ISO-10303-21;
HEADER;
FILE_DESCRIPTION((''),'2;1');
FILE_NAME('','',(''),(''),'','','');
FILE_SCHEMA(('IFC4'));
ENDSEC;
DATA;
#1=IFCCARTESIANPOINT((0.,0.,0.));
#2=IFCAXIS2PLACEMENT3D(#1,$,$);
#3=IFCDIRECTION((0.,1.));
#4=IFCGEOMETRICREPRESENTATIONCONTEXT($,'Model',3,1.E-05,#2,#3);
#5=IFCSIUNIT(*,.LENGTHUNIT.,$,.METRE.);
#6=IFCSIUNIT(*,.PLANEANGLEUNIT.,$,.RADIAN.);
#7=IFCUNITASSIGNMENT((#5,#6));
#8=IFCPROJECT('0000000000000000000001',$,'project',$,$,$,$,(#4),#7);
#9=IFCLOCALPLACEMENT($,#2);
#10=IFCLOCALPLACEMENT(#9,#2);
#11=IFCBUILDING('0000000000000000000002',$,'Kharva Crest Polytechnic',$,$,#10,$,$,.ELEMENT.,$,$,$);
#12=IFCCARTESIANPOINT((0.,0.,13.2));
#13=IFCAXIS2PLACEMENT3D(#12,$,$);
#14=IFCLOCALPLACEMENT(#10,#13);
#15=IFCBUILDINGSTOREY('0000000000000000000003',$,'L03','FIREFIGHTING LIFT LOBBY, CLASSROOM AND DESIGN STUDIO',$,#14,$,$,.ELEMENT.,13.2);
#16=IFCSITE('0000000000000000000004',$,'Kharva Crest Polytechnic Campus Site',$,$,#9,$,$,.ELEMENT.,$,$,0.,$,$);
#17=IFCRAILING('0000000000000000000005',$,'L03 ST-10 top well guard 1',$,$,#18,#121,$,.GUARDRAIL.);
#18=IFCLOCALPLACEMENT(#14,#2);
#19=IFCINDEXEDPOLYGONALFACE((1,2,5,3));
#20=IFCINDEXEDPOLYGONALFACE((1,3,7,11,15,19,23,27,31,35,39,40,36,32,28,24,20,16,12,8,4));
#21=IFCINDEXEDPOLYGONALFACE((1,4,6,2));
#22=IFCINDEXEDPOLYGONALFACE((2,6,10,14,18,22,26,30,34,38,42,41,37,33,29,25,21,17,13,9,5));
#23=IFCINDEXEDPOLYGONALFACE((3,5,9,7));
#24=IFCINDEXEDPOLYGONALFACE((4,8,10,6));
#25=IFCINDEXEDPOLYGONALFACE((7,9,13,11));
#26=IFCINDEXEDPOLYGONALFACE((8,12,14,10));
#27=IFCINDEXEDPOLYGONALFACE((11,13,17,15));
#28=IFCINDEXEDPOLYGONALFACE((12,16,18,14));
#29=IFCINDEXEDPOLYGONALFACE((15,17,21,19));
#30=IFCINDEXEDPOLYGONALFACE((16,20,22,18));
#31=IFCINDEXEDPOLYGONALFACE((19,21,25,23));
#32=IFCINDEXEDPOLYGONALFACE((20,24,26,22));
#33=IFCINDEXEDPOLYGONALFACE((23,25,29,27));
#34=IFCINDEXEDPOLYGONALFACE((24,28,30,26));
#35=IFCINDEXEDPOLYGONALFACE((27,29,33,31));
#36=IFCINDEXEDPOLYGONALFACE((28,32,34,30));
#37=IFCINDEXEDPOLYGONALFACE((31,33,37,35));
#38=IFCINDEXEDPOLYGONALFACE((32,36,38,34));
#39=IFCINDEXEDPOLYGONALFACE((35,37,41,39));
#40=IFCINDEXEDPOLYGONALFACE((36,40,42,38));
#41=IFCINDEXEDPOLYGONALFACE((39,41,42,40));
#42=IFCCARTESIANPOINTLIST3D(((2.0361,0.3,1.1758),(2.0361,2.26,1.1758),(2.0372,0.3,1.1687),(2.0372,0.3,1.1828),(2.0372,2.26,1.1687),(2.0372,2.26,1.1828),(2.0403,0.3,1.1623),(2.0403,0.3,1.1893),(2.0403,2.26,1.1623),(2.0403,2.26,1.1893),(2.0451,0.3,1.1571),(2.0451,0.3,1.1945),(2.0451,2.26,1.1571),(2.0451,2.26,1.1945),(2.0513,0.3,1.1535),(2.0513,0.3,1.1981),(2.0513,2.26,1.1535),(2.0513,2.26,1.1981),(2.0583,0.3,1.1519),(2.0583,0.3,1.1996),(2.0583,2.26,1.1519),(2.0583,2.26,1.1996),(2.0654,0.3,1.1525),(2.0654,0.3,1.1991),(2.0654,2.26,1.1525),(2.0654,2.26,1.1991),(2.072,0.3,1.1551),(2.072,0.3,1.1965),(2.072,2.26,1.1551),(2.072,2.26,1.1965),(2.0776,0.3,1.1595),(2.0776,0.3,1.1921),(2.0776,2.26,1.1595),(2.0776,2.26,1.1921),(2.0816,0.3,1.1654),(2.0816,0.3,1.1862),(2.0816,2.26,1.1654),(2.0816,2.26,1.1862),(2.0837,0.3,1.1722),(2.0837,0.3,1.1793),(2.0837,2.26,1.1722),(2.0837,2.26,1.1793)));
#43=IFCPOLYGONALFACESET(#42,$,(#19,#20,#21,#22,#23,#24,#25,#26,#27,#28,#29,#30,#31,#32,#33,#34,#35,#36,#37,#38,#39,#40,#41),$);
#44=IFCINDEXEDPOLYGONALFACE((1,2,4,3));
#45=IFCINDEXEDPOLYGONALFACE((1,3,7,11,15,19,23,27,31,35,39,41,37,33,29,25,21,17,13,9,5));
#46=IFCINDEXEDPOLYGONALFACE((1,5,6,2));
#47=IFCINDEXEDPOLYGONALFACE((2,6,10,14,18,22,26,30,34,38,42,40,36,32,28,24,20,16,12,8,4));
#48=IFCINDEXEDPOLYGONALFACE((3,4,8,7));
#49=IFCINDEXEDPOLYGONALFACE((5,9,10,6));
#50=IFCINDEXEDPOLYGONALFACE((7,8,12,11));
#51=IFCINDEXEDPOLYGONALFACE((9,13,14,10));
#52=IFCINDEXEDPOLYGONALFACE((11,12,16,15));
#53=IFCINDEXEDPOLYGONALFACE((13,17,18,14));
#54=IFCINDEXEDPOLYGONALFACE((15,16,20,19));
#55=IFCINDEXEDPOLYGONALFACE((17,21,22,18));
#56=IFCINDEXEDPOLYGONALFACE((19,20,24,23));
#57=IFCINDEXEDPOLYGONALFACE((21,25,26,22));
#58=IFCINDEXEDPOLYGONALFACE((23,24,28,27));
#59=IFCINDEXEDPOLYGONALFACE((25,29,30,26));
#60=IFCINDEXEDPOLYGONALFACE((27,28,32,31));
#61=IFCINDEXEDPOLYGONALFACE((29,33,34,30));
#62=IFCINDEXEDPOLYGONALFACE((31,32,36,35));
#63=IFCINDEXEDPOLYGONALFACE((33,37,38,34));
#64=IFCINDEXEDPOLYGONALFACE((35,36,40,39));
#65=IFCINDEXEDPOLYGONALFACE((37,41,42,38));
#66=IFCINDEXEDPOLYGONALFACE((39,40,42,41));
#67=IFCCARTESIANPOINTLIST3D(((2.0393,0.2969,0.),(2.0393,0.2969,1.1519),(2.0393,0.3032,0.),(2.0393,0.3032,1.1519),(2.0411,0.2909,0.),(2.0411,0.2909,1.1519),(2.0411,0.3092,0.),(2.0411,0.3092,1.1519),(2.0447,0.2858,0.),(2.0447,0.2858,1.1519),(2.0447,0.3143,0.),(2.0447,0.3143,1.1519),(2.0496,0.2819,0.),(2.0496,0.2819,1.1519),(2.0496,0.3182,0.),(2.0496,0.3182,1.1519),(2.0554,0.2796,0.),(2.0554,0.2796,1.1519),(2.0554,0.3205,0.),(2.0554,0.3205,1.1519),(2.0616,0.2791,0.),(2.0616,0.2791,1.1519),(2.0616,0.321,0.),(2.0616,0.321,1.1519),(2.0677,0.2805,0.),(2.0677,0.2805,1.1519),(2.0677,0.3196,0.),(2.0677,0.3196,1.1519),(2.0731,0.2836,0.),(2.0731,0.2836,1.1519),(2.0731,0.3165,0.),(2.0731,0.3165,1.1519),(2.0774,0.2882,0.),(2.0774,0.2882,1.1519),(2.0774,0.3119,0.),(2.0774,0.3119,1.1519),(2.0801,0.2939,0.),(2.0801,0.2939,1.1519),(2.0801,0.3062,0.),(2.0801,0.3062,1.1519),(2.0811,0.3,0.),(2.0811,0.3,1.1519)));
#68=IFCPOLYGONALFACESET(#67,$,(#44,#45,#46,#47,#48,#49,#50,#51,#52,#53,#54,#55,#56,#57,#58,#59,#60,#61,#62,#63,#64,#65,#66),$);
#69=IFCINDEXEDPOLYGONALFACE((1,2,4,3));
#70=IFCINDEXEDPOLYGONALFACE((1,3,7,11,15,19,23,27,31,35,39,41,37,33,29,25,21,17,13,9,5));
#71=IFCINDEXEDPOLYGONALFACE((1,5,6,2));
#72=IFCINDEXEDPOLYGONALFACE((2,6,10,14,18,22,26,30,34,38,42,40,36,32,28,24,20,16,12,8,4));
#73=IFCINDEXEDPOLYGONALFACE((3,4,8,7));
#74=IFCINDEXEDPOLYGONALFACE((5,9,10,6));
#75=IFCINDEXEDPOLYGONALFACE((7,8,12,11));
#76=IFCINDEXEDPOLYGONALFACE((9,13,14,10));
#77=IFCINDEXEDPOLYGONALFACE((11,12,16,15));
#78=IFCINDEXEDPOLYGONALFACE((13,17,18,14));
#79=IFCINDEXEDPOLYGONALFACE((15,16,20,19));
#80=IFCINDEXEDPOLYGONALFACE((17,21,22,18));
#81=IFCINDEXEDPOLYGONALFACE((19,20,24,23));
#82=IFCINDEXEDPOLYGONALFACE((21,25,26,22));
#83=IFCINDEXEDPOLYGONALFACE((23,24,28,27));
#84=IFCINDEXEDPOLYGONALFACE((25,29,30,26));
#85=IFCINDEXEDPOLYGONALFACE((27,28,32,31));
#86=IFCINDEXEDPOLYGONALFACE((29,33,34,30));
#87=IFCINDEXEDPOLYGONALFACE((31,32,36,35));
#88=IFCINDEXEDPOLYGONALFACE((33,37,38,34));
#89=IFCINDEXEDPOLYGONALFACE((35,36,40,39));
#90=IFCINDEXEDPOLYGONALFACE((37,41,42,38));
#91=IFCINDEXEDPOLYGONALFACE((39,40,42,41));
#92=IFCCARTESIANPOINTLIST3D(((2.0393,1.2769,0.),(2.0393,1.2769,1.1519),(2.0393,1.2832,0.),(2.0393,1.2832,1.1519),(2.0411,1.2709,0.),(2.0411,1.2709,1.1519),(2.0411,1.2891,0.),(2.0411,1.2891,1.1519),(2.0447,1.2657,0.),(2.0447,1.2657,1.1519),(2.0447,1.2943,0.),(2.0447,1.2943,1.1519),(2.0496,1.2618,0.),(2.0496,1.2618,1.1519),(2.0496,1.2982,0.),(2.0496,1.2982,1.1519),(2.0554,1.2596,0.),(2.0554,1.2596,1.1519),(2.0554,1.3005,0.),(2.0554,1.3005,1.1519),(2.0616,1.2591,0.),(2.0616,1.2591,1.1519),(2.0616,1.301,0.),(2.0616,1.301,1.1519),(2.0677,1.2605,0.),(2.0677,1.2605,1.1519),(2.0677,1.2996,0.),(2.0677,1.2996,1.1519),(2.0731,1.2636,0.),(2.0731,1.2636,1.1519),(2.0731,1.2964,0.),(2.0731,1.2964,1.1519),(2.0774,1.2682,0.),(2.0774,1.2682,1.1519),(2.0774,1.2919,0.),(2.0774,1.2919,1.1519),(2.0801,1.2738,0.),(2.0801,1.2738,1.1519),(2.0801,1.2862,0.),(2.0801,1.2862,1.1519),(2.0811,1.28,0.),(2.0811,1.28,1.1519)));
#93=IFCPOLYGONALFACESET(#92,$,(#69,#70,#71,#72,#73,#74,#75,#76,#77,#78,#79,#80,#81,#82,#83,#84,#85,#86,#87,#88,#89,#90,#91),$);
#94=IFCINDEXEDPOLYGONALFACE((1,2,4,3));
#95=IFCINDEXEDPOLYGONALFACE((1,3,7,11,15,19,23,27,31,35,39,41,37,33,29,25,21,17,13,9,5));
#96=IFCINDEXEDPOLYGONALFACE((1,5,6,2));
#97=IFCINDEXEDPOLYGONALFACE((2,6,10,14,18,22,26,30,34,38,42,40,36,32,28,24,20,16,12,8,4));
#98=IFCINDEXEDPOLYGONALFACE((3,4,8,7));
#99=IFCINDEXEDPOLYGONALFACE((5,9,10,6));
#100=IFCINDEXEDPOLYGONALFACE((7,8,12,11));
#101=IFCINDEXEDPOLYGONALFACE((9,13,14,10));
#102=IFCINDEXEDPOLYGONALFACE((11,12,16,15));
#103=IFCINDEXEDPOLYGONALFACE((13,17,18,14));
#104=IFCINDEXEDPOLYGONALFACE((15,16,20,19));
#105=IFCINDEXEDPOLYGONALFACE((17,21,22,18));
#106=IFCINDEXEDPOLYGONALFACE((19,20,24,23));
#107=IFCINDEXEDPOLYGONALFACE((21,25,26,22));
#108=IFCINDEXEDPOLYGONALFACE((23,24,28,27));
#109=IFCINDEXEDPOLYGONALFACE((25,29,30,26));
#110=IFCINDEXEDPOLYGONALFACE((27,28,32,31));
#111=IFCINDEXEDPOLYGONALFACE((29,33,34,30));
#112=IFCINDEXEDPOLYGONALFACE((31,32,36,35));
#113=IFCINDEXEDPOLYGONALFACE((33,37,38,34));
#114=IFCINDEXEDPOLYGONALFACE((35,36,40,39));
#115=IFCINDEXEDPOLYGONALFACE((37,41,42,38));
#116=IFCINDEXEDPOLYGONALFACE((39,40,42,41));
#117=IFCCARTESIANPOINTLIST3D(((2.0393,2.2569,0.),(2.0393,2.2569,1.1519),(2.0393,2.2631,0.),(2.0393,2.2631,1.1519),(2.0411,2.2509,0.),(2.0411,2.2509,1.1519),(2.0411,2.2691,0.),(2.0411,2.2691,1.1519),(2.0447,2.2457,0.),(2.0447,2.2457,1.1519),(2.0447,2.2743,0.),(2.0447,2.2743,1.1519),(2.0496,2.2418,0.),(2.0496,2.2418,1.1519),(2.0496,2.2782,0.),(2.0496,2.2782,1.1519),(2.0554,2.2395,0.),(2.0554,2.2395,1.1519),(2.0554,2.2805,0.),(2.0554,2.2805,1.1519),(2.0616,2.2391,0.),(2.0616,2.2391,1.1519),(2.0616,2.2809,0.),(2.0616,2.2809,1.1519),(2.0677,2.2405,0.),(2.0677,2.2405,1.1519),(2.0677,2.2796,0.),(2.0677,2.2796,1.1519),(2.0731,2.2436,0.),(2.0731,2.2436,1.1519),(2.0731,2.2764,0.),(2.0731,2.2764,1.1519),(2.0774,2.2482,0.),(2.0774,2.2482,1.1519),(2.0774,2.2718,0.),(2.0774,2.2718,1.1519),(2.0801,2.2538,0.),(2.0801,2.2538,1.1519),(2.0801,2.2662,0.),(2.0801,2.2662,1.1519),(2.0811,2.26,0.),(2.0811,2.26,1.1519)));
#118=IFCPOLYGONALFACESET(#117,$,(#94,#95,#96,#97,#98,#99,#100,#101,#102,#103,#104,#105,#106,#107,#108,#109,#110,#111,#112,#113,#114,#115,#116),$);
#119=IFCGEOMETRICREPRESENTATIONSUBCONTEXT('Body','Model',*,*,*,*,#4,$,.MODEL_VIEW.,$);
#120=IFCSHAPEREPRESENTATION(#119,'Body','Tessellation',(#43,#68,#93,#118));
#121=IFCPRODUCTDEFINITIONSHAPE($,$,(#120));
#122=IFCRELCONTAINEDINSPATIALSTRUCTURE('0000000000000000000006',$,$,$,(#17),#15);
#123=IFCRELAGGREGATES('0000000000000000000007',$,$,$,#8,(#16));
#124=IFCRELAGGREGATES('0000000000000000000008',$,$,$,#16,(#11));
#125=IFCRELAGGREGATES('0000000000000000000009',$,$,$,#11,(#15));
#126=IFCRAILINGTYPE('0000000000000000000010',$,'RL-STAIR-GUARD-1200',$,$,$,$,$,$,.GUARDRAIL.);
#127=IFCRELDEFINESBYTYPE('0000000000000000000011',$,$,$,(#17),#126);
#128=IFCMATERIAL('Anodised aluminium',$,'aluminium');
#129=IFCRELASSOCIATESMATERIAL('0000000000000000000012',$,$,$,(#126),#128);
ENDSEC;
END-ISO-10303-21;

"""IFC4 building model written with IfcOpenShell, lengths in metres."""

from ifc_helpers import new_model, si_unit, direction, frame, origin, origin_2d, place, context, subcontext, project, spatial, circle, extrude, material, type_object, element, save


model = new_model("IFC4")

# Units and contexts
model_context = context("Model", 3, precision=1e-05, world=origin(), true_north=direction((0.0, 1.0)))
body_context = subcontext(model_context, "Body", "Model", "MODEL_VIEW")
ifc_project = project(units=[si_unit("LENGTHUNIT", "METRE"), si_unit("PLANEANGLEUNIT", "RADIAN")], contexts=[model_context])

# Site, building, storey
site_placement = place(None, origin())
site = spatial("IfcSite", under=ifc_project, at=site_placement, Name="Kharva Crest Polytechnic Campus Site", CompositionType="ELEMENT", RefElevation=0.0)
building_placement = place(site_placement, origin())
building = spatial("IfcBuilding", under=site, at=building_placement, Name="Kharva Crest Polytechnic", CompositionType="ELEMENT")
storey_placement = place(building_placement, frame((0.0, 0.0, 13.2)))
storey = spatial("IfcBuildingStorey", under=building, at=storey_placement, Name="L03", Description="FIREFIGHTING LIFT LOBBY, CLASSROOM AND DESIGN STUDIO", CompositionType="ELEMENT", Elevation=13.2)

# Shared definitions
ifc_material_1 = material(Name="Anodised aluminium", Category="aluminium")

# Railing
railing_type = type_object("IfcRailingType", Name="RL-STAIR-GUARD-1200", PredefinedType="GUARDRAIL", material=ifc_material_1)
railing_placement = place(storey_placement, frame((2.0601, 0.3, 0.0)))
element("IfcRailing", 1, at=railing_placement, inside=storey, type_object=railing_type, Name="L03 ST-10 top well guard 1", PredefinedType="GUARDRAIL", context=body_context, shape_type="SweptSolid", body=[
    extrude(circle(Radius=0.0239, at=origin_2d()), frame((0.0, 0.0, 1.1758), z_axis=(0.0, 1.0, 0.0), x_axis=(-1.0, 0.0, 0.0)), (0.0, 0.0, 1.0), 1.96),
    extrude(circle(Radius=0.021, at=origin_2d()), origin(), (0.0, 0.0, 1.0), 1.1519),
    extrude(circle(Radius=0.021, at=origin_2d()), frame((0.0, 0.98, 0.0)), (0.0, 0.0, 1.0), 1.1519),
    extrude(circle(Radius=0.021, at=origin_2d()), frame((0.0, 1.96, 0.0)), (0.0, 0.0, 1.0), 1.1519),
])

save(model, "model.ifc")
